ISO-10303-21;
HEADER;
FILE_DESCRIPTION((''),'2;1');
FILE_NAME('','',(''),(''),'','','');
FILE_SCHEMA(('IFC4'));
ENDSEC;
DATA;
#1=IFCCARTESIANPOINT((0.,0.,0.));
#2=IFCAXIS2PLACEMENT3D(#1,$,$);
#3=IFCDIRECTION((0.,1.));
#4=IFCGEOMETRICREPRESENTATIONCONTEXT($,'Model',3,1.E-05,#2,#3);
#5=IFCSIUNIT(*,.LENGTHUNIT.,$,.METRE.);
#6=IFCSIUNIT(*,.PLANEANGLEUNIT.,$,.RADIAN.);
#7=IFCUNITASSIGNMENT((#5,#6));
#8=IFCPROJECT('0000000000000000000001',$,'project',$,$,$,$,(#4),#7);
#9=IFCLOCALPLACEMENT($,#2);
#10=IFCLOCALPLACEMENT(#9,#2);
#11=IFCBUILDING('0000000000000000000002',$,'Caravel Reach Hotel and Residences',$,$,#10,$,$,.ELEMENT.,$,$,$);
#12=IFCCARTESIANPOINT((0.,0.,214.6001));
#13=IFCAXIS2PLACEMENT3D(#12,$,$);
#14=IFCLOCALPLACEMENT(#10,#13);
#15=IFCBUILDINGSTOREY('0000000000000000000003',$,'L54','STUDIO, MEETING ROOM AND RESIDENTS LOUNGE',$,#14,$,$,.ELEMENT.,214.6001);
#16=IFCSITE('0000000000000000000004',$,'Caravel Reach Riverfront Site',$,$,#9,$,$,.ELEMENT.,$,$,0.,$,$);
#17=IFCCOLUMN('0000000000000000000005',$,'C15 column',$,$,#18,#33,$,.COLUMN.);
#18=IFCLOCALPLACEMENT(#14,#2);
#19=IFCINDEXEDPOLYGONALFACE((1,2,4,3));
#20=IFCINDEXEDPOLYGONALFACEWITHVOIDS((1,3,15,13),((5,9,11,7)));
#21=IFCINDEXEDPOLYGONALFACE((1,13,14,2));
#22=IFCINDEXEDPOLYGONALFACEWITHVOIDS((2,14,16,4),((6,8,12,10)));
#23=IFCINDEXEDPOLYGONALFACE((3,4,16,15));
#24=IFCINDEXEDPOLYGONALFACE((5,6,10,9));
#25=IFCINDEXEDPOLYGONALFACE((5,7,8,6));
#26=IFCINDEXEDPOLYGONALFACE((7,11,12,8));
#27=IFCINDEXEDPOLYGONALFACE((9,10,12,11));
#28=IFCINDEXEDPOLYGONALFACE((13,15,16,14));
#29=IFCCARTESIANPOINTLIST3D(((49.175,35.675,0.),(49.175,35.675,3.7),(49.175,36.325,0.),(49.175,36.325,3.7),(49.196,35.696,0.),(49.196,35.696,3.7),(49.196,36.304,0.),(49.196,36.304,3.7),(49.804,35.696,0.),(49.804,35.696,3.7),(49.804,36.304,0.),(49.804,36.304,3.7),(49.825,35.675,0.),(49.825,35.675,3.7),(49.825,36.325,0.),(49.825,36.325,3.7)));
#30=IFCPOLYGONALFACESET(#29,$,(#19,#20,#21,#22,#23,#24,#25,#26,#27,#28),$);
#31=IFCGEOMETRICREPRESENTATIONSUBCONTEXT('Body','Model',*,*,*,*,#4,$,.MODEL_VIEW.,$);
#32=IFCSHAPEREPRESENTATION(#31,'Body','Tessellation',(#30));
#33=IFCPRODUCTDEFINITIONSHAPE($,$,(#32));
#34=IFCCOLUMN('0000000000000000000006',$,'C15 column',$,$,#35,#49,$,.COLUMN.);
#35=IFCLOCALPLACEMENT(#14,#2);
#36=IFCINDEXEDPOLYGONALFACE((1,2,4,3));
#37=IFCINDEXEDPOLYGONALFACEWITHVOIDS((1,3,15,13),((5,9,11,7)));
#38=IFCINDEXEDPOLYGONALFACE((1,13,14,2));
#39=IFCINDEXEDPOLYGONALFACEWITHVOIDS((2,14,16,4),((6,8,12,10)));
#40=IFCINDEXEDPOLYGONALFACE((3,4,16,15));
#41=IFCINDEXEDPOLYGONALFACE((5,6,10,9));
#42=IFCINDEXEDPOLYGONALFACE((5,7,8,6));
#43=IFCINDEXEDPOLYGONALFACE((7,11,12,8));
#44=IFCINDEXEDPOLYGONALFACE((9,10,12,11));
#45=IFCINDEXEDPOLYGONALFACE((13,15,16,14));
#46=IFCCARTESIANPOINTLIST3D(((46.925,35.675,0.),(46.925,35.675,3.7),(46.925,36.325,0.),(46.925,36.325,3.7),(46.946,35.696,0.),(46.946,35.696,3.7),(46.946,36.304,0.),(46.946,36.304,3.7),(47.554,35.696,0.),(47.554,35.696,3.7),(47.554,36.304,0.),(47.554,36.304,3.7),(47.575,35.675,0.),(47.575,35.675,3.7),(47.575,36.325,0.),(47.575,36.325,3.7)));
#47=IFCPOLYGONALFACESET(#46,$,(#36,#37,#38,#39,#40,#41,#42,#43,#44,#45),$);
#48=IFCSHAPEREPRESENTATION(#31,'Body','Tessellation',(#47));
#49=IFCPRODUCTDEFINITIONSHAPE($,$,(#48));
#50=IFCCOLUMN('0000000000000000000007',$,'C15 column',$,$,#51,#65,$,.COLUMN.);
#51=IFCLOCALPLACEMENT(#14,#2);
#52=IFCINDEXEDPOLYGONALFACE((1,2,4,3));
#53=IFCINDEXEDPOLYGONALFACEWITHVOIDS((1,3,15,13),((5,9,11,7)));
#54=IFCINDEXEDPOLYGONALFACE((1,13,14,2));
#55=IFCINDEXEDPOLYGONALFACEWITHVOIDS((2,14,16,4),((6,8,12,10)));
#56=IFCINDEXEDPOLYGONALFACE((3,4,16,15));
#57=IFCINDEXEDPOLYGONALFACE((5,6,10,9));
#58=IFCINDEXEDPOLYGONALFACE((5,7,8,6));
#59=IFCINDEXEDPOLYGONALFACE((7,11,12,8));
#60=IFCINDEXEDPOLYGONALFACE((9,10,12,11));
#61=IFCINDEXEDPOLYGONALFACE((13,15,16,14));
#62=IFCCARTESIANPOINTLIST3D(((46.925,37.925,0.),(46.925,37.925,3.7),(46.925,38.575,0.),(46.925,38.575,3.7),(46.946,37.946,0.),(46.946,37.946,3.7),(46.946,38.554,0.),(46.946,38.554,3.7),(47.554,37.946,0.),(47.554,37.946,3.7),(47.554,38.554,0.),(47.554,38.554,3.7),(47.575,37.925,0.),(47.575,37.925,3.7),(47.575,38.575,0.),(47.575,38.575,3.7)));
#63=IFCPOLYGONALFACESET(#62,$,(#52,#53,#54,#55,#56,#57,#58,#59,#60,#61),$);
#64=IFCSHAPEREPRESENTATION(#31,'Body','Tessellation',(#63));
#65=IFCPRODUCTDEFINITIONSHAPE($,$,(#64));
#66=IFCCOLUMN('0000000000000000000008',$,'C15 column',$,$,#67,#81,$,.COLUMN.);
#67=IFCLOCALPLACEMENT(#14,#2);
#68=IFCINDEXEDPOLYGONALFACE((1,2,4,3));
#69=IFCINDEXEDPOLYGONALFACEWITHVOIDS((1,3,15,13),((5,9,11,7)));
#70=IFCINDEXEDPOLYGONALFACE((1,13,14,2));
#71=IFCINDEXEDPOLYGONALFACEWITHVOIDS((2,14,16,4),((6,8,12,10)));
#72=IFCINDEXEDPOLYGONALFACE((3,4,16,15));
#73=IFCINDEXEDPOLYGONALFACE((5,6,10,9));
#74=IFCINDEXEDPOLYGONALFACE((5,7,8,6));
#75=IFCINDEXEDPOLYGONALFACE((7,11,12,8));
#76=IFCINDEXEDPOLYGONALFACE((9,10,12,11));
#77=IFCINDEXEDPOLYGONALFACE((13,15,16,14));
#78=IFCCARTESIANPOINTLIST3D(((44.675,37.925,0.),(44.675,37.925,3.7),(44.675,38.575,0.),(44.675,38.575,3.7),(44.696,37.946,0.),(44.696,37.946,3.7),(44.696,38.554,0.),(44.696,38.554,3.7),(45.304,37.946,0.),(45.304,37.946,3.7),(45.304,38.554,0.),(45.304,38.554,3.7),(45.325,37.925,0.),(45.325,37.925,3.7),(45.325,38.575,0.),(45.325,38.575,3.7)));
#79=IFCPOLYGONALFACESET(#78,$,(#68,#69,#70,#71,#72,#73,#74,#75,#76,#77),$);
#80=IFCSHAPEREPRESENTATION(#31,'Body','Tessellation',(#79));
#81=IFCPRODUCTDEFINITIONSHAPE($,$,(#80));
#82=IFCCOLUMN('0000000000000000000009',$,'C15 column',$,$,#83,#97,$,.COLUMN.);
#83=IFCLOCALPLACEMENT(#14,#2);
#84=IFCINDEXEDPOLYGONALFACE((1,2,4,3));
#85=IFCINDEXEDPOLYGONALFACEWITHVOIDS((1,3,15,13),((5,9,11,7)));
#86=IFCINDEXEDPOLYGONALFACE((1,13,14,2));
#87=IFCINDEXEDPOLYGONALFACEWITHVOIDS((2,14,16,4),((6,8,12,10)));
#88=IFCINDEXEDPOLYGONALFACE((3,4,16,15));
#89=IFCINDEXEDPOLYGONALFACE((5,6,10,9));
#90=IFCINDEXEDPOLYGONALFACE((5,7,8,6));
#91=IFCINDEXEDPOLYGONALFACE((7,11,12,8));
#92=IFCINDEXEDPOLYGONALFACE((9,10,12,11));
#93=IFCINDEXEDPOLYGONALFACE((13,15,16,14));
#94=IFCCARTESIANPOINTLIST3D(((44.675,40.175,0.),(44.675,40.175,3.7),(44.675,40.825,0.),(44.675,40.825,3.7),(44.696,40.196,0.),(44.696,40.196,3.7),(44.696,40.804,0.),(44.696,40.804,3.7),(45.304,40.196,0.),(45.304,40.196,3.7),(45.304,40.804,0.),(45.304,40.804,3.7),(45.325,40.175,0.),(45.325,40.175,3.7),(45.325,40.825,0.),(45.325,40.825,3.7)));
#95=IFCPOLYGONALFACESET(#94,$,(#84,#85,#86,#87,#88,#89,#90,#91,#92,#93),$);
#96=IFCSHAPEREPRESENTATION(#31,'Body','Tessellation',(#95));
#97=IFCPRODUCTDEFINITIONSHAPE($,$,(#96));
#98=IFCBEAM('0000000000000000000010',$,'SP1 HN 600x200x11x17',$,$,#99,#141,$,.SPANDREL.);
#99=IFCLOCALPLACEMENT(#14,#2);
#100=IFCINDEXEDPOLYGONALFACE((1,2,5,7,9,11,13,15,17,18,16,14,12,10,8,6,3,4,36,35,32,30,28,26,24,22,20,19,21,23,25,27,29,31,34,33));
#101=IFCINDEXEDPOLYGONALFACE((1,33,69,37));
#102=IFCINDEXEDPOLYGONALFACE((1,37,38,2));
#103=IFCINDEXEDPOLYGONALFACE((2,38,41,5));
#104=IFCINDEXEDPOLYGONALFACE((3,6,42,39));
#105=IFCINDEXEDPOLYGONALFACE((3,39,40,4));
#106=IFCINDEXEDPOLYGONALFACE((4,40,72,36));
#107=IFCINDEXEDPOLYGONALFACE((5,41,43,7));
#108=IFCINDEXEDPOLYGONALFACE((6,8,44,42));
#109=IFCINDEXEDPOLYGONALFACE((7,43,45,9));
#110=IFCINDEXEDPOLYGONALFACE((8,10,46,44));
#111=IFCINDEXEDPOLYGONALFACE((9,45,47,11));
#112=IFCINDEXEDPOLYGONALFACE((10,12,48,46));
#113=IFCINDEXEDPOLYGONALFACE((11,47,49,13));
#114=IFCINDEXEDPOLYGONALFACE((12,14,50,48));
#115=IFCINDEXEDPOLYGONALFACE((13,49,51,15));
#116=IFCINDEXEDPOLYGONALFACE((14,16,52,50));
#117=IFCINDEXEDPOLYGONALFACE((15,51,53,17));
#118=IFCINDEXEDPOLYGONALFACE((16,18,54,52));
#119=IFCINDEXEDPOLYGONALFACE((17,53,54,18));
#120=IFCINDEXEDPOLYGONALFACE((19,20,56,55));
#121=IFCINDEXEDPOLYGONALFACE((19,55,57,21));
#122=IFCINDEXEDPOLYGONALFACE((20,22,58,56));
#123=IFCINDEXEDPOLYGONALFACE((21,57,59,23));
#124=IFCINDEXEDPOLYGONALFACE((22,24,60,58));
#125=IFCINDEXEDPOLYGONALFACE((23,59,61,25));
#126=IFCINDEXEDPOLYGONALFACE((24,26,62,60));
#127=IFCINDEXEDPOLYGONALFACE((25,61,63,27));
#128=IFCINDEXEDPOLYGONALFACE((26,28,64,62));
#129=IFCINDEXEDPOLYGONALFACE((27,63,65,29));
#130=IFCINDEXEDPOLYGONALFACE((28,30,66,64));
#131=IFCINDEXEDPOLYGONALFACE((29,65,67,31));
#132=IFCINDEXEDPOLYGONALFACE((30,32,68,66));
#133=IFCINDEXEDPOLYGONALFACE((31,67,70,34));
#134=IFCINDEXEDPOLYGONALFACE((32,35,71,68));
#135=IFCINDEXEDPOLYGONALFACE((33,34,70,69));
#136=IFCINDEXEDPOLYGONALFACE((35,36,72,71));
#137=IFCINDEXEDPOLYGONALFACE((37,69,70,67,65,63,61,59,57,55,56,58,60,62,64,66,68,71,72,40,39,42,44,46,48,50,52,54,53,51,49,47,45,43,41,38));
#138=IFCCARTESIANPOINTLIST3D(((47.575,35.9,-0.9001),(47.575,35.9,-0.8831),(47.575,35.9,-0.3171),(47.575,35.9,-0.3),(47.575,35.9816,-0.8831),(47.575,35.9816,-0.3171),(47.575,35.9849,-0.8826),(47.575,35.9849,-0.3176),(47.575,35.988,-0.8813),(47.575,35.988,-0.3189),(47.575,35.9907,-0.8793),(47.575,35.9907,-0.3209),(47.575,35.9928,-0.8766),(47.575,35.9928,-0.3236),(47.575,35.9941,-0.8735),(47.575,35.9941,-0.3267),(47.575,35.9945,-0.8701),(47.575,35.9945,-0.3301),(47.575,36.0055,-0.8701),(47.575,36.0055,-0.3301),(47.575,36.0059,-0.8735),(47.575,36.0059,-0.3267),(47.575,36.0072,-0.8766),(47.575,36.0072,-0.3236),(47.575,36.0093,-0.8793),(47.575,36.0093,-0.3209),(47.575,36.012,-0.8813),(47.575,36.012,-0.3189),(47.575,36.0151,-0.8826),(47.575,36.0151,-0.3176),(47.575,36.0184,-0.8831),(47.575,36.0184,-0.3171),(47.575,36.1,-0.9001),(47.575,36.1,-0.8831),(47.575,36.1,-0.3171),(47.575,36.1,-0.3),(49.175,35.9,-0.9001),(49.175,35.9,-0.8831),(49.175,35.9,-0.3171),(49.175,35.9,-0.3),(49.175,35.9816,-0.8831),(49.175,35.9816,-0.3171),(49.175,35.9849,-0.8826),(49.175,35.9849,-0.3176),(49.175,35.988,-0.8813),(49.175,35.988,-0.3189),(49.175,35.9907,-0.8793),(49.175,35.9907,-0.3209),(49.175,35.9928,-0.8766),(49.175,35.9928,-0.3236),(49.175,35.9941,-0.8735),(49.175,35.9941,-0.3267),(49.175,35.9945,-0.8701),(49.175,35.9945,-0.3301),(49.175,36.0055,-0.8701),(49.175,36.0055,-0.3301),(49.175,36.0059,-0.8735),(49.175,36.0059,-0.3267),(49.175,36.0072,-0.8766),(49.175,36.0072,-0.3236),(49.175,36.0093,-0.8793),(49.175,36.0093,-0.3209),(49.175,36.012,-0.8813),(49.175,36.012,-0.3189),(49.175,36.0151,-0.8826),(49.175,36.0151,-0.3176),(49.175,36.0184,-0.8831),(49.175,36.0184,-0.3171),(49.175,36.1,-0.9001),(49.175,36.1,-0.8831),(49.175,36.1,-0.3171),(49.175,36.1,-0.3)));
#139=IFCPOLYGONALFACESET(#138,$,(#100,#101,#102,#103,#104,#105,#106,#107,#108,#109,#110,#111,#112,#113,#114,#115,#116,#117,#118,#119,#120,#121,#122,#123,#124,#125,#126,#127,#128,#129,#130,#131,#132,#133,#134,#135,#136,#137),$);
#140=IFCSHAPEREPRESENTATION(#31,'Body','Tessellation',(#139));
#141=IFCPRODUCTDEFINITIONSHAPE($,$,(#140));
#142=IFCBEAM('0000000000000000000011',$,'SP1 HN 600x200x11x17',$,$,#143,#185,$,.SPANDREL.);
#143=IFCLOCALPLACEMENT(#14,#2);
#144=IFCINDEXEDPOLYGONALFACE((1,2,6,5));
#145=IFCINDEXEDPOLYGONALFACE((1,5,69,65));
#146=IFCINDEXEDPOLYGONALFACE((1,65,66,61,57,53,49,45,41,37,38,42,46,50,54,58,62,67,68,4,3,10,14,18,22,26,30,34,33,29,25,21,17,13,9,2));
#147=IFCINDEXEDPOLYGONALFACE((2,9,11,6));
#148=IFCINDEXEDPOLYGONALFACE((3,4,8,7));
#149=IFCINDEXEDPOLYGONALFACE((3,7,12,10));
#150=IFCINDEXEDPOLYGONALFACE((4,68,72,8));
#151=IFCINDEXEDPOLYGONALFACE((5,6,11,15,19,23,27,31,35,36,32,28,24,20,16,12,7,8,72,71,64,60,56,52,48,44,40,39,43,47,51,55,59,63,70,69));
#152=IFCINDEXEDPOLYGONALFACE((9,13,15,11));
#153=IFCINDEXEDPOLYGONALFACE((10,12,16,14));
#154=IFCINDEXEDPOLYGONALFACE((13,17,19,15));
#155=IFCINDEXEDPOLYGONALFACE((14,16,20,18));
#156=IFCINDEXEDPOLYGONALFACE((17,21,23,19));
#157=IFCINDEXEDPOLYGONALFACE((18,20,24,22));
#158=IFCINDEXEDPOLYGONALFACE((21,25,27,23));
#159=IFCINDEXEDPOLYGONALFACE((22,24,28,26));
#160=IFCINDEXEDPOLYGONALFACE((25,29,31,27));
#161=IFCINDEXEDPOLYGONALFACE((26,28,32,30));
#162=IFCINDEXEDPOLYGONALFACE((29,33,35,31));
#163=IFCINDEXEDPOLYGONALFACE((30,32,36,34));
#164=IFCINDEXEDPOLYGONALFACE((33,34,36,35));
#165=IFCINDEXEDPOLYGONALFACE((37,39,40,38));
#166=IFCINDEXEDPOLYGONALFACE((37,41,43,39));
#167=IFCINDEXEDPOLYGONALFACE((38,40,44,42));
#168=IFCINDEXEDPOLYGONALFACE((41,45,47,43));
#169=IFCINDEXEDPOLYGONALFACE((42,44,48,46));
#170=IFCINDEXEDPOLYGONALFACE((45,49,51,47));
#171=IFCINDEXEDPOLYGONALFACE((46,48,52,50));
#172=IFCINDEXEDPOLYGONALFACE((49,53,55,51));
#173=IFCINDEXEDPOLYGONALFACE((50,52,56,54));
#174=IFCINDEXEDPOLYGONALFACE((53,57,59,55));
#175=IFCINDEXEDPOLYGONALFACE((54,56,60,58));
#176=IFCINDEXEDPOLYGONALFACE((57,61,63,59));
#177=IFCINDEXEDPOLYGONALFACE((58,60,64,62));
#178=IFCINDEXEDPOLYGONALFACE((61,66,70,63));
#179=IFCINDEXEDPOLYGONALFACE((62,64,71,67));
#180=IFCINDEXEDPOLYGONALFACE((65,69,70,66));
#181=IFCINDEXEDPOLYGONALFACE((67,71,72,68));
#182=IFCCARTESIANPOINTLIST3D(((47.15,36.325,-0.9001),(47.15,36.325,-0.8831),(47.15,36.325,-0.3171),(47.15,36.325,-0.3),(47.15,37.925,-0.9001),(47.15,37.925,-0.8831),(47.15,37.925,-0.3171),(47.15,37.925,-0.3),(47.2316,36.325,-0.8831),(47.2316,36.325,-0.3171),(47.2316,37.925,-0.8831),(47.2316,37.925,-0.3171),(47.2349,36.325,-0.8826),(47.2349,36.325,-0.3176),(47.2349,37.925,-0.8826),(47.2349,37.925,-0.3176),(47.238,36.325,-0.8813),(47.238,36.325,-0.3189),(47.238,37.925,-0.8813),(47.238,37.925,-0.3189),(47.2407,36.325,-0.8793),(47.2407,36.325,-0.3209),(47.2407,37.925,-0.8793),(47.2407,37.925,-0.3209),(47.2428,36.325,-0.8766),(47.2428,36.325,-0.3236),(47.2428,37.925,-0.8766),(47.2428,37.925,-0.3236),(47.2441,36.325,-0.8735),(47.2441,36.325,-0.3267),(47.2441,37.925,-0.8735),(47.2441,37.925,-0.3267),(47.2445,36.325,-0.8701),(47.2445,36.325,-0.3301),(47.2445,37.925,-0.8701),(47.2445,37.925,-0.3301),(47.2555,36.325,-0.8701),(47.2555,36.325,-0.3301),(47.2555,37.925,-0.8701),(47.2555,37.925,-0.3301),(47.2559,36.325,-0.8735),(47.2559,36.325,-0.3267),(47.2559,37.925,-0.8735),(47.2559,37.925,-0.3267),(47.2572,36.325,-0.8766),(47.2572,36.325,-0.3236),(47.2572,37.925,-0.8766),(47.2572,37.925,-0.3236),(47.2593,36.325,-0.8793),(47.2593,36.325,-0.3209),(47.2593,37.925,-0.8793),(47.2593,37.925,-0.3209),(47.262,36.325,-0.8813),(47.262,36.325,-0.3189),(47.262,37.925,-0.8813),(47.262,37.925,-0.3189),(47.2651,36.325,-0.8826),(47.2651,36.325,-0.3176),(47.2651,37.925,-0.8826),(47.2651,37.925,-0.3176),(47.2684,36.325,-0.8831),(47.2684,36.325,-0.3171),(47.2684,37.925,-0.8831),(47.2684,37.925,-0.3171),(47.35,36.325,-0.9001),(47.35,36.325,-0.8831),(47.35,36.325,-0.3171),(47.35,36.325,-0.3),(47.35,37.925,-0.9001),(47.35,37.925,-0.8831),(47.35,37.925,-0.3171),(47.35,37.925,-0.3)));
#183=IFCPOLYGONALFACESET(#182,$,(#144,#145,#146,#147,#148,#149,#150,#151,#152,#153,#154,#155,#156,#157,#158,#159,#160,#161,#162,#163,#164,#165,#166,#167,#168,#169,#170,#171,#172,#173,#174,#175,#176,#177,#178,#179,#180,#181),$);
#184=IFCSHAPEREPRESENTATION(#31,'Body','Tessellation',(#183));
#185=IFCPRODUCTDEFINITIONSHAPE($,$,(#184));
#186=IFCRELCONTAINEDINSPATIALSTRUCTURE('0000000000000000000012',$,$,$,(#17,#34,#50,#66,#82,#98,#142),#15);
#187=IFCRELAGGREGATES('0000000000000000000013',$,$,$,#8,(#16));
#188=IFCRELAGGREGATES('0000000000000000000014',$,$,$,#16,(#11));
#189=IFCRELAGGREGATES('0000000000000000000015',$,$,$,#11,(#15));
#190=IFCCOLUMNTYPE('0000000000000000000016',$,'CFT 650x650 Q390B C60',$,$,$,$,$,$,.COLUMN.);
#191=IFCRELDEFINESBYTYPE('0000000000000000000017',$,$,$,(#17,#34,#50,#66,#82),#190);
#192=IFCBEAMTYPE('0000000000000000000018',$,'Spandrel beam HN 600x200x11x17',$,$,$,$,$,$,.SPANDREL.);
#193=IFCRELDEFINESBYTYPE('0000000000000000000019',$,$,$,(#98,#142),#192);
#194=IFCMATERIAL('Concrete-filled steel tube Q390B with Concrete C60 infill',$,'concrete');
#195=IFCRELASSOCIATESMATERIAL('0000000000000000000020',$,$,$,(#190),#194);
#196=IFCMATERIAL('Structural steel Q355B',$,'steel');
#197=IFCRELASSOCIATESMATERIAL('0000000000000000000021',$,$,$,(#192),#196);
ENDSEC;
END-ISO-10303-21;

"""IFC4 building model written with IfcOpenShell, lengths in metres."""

from ifc_helpers import new_model, si_unit, direction, frame, origin, origin_2d, place, context, subcontext, project, spatial, hollow_rectangle, i_section, extrude, material, material_profile, profile_set, type_object, element, save


model = new_model("IFC4")

# Units and contexts
model_context = context("Model", 3, precision=1e-05, world=origin(), true_north=direction((0.0, 1.0)))
body_context = subcontext(model_context, "Body", "Model", "MODEL_VIEW")
ifc_project = project(units=[si_unit("LENGTHUNIT", "METRE"), si_unit("PLANEANGLEUNIT", "RADIAN")], contexts=[model_context])

# Site, building, storey
site_placement = place(None, origin())
site = spatial("IfcSite", under=ifc_project, at=site_placement, Name="Caravel Reach Riverfront Site", CompositionType="ELEMENT", RefElevation=0.0)
building_placement = place(site_placement, origin())
building = spatial("IfcBuilding", under=site, at=building_placement, Name="Caravel Reach Hotel and Residences", CompositionType="ELEMENT")
storey_placement = place(building_placement, frame((0.0, 0.0, 214.6001)))
storey = spatial("IfcBuildingStorey", under=building, at=storey_placement, Name="L54", Description="STUDIO, MEETING ROOM AND RESIDENTS LOUNGE", CompositionType="ELEMENT", Elevation=214.6001)

# Columns
ifc_material_1 = material(Name="Concrete-filled steel tube Q390B with Concrete C60 infill", Category="concrete")
ifc_material_profile_1 = material_profile(ifc_material_1, hollow_rectangle(XDim=0.6499, YDim=0.6499, WallThickness=0.021, at=origin_2d()), Name="RHS 650x650x21")
ifc_profile_set_1 = profile_set([ifc_material_profile_1], Name="Concrete-filled steel tube Q390B with Concrete C60 infill")
column_type = type_object("IfcColumnType", Name="CFT 650x650 Q390B C60", PredefinedType="COLUMN", material=ifc_profile_set_1)
for number, where, z_axis, x_axis, name in (
    (1, (49.5, 36.0, 0.0), (0.0, 0.0, 1.0), (1.0, 0.0, 0.0), "C15 column"),
    (2, (47.25, 36.0, 0.0), (0.0, 0.0, 1.0), (1.0, 0.0, 0.0), "C15 column"),
    (3, (47.25, 38.25, 0.0), (0.0, 0.0, 1.0), (1.0, 0.0, 0.0), "C15 column"),
    (4, (45.0, 38.25, 0.0), (0.0, 0.0, 1.0), (1.0, 0.0, 0.0), "C15 column"),
    (5, (45.0, 40.5, 0.0), (0.0, 0.0, 1.0), (1.0, 0.0, 0.0), "C15 column"),
):
    element("IfcColumn", number, at=place(storey_placement, frame(where, z_axis=z_axis, x_axis=x_axis)), inside=storey, type_object=column_type, Name=name, PredefinedType="COLUMN", context=body_context, shape_type="SweptSolid", body=[
        extrude(hollow_rectangle(XDim=0.6499, YDim=0.6499, WallThickness=0.021, at=origin_2d()), origin(), (0.0, 0.0, 1.0), 3.7),
    ])

# Beams
ifc_material_2 = material(Name="Structural steel Q355B", Category="steel")
ifc_material_profile_2 = material_profile(ifc_material_2, i_section(OverallWidth=0.2, OverallDepth=0.6001, WebThickness=0.011, FlangeThickness=0.0171, FilletRadius=0.0129, at=origin_2d()), Name="HN 600x200x11x17")
ifc_profile_set_2 = profile_set([ifc_material_profile_2], Name="Structural steel Q355B")
beam_type = type_object("IfcBeamType", Name="Spandrel beam HN 600x200x11x17", PredefinedType="SPANDREL", material=ifc_profile_set_2)
for number, where, z_axis, x_axis, name in (
    (6, (49.175, 36.0, -0.6001), (-1.0, 0.0, 0.0), (0.0, -1.0, 0.0), "SP1 HN 600x200x11x17"),
    (7, (47.25, 36.325, -0.6001), (0.0, 1.0, 0.0), (-1.0, 0.0, 0.0), "SP1 HN 600x200x11x17"),
):
    element("IfcBeam", number, at=place(storey_placement, frame(where, z_axis=z_axis, x_axis=x_axis)), inside=storey, type_object=beam_type, Name=name, PredefinedType="SPANDREL", context=body_context, shape_type="SweptSolid", body=[
        extrude(i_section(OverallWidth=0.2, OverallDepth=0.6001, WebThickness=0.011, FlangeThickness=0.0171, FilletRadius=0.0129, at=origin_2d()), origin(), (0.0, 0.0, 1.0), 1.6001),
    ])

save(model, "model.ifc")
